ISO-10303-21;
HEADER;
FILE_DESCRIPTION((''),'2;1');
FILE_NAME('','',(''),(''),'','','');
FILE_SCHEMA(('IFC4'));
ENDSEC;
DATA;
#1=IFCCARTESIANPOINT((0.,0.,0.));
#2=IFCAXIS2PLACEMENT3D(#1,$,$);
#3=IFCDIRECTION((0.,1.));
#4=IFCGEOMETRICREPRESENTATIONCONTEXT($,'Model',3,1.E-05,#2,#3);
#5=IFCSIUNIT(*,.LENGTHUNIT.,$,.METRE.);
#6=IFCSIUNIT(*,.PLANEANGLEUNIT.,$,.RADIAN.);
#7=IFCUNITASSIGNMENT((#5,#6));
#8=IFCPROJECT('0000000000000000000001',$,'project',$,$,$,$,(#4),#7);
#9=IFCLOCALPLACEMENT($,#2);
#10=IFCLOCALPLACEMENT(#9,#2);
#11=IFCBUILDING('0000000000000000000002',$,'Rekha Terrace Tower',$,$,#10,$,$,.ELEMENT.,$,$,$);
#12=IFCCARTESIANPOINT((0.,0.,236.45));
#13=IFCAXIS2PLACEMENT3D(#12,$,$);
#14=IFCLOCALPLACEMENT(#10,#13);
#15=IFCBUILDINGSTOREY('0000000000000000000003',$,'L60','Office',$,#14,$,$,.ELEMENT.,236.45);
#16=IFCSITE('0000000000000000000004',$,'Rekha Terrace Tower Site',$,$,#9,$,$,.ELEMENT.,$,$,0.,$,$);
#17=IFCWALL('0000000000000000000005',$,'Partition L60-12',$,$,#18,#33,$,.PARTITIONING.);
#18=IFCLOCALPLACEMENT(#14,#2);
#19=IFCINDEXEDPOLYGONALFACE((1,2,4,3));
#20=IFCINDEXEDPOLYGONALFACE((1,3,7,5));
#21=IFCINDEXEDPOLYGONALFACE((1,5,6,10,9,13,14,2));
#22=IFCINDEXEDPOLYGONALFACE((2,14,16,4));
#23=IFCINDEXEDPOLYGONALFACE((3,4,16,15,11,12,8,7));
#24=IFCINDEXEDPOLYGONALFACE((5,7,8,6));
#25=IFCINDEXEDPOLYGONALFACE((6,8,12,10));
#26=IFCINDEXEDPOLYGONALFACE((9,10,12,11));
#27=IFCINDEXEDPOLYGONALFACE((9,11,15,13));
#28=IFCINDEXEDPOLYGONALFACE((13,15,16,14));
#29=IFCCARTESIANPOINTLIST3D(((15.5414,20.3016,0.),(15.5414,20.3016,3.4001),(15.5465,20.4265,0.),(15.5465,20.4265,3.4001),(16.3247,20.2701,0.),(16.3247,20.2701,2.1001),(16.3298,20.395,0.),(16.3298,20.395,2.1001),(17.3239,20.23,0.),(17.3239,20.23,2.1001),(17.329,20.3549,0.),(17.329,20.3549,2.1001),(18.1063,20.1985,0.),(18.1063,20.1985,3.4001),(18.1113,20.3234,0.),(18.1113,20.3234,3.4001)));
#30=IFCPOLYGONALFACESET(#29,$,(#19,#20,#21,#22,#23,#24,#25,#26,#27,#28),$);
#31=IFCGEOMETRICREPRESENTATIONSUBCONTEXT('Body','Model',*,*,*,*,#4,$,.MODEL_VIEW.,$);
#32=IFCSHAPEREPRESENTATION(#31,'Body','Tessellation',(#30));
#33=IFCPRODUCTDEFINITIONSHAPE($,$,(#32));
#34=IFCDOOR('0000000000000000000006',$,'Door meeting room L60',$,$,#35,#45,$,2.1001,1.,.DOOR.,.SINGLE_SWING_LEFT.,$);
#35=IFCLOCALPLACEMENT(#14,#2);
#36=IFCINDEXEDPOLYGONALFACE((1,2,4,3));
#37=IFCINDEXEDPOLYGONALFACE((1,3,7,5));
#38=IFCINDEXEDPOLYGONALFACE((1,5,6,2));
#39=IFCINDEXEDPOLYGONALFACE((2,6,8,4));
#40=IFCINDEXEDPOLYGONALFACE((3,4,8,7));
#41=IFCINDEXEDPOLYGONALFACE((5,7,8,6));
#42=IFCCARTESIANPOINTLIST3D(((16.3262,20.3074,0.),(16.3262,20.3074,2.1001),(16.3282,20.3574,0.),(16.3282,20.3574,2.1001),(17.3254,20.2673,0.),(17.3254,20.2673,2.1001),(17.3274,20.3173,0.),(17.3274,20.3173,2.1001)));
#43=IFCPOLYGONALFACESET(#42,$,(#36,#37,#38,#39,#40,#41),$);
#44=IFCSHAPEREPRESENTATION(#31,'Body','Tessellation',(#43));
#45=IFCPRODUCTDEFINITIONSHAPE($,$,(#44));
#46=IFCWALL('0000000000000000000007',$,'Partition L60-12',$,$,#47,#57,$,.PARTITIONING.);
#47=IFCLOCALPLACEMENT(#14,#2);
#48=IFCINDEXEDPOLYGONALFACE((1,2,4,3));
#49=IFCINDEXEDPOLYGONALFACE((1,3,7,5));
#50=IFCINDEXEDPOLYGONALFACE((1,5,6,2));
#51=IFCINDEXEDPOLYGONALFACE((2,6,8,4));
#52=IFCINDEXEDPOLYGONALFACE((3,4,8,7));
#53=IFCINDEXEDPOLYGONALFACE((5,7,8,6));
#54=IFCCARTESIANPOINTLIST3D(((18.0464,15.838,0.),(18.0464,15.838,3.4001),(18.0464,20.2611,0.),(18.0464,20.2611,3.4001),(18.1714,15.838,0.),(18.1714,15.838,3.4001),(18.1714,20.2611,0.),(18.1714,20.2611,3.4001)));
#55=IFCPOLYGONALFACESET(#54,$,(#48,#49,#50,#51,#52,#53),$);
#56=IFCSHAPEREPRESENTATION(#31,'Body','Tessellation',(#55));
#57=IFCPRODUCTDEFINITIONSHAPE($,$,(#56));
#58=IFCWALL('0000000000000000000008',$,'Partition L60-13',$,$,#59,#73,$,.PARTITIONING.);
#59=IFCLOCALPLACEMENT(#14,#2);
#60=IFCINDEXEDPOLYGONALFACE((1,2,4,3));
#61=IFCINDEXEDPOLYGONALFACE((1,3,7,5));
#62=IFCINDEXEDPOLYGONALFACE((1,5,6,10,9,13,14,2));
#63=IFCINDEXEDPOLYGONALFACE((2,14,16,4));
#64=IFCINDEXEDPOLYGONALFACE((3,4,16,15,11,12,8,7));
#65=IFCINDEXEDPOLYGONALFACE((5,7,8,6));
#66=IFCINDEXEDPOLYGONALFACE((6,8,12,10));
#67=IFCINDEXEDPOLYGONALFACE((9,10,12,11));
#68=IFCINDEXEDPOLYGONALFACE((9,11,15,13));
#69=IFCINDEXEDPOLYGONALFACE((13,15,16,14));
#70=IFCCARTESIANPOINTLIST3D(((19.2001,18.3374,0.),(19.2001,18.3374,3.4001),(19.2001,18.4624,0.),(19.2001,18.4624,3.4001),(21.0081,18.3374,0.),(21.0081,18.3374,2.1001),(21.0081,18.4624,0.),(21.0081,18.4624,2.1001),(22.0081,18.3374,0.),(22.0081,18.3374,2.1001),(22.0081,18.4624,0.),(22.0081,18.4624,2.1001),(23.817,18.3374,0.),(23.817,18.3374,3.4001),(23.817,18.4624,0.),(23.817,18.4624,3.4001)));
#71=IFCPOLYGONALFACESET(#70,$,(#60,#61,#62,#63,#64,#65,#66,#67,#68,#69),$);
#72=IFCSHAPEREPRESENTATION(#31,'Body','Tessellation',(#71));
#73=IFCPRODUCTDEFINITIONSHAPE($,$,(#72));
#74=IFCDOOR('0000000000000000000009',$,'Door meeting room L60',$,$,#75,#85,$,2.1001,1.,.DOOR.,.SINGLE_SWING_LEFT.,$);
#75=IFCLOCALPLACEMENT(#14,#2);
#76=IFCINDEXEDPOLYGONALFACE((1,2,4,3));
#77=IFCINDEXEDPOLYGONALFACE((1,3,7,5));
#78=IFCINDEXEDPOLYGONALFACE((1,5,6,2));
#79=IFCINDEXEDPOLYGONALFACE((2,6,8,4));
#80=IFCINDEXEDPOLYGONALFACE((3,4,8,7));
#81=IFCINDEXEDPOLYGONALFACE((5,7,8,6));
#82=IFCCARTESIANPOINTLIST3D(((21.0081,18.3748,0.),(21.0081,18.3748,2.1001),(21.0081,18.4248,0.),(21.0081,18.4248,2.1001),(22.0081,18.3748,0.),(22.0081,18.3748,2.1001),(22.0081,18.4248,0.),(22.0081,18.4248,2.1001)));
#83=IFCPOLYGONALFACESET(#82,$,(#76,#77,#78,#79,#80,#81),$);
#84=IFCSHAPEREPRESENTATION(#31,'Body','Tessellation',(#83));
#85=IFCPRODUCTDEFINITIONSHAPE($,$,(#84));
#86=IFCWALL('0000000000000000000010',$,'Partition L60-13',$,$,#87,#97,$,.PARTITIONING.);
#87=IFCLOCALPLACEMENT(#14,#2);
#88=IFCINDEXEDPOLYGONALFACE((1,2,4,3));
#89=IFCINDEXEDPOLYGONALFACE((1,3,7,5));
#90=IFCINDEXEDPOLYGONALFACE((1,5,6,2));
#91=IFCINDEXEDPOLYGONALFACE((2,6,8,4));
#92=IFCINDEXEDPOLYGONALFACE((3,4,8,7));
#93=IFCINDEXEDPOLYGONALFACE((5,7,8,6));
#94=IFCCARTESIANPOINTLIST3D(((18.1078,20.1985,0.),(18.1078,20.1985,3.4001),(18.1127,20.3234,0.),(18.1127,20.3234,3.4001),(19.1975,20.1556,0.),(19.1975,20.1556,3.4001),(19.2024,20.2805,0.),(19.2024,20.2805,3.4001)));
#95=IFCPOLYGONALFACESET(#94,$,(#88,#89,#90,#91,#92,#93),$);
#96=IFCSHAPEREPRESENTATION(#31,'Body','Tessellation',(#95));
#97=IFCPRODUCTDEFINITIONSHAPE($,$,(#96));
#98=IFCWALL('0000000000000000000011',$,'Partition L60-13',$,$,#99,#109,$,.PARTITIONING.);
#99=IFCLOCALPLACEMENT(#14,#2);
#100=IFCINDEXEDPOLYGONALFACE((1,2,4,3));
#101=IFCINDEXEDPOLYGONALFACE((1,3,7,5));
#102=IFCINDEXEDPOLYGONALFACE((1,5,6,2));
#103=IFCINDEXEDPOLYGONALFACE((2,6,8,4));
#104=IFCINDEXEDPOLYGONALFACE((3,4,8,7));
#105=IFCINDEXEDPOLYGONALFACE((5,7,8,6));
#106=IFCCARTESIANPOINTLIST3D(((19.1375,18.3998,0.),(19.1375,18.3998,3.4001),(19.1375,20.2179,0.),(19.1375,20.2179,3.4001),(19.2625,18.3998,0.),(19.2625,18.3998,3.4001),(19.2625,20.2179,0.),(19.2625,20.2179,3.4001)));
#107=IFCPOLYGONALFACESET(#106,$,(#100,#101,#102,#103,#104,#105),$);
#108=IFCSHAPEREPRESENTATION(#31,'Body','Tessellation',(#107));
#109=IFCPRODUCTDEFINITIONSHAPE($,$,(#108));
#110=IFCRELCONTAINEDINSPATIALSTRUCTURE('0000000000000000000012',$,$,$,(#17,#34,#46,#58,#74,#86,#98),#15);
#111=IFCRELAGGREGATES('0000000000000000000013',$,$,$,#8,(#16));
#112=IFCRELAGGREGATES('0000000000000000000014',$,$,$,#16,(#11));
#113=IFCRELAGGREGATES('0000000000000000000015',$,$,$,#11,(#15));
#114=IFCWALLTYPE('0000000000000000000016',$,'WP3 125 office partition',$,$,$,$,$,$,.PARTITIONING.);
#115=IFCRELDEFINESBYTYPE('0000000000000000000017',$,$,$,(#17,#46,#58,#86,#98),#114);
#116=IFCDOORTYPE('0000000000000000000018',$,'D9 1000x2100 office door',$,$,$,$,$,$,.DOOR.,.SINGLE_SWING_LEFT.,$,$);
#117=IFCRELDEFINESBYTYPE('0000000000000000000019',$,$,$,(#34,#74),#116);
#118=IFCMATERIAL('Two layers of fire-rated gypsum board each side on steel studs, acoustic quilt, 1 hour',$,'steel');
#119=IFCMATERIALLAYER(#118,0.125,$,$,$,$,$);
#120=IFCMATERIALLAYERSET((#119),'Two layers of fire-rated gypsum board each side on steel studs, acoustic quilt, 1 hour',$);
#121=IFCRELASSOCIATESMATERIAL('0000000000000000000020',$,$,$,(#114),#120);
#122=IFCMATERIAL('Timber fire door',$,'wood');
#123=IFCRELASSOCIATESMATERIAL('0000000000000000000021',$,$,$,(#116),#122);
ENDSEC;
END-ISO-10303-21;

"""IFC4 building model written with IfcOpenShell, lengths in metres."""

from ifc_helpers import new_model, si_unit, direction, frame, frame_2d, origin, place, context, subcontext, project, spatial, rectangle, extrude, material, layer, layer_set, type_object, element, fill, save


model = new_model("IFC4")

# Units and contexts
model_context = context("Model", 3, precision=1e-05, world=origin(), true_north=direction((0.0, 1.0)))
body_context = subcontext(model_context, "Body", "Model", "MODEL_VIEW")
ifc_project = project(units=[si_unit("LENGTHUNIT", "METRE"), si_unit("PLANEANGLEUNIT", "RADIAN")], contexts=[model_context])

# Site, building, storey
site_placement = place(None, origin())
site = spatial("IfcSite", under=ifc_project, at=site_placement, Name="Rekha Terrace Tower Site", CompositionType="ELEMENT", RefElevation=0.0)
building_placement = place(site_placement, origin())
building = spatial("IfcBuilding", under=site, at=building_placement, Name="Rekha Terrace Tower", CompositionType="ELEMENT")
storey_placement = place(building_placement, frame((0.0, 0.0, 236.45)))
storey = spatial("IfcBuildingStorey", under=building, at=storey_placement, Name="L60", Description="Office", CompositionType="ELEMENT", Elevation=236.45)

# Shared definitions
ifc_material_1 = material(Name="Two layers of fire-rated gypsum board each side on steel studs, acoustic quilt, 1 hour", Category="steel")
ifc_layer_1 = layer(ifc_material_1, 0.125)
ifc_layer_set_1 = layer_set([ifc_layer_1], Name="Two layers of fire-rated gypsum board each side on steel studs, acoustic quilt, 1 hour")
wall_type_1 = type_object("IfcWallType", Name="WP3 125 office partition", PredefinedType="PARTITIONING", material=ifc_layer_set_1)

# Shared definitions
ifc_material_2 = material(Name="Timber fire door", Category="wood")
door_type_1 = type_object("IfcDoorType", Name="D9 1000x2100 office door", OperationType="SINGLE_SWING_LEFT", PredefinedType="DOOR", material=ifc_material_2)

# Wall, opening, door
wall_1_placement = place(storey_placement, frame((15.5439, 20.364, 0.0), z_axis=(0.0, 0.0, 1.0), x_axis=(0.999194, -0.040135, 0.0)))
wall_1 = element("IfcWall", 1, at=wall_1_placement, inside=storey, type_object=wall_type_1, Name="Partition L60-12", PredefinedType="PARTITIONING", context=body_context, shape_type="SweptSolid", body=[
    extrude(rectangle(XDim=2.5669, YDim=0.125, at=frame_2d((1.2834, 0.0))), origin(), (0.0, 0.0, 1.0), 3.4001),
])
opening_1_placement = place(wall_1_placement, frame((0.7839, 0.0, 0.0)))
opening_1 = element("IfcOpeningElement", 2, at=opening_1_placement, cuts=wall_1, PredefinedType="OPENING", context=body_context, shape_type="SweptSolid", body=[
    extrude(rectangle(XDim=1.0, YDim=2.1001, at=frame_2d((0.5, 1.05))), frame((0.0, 0.0725, 0.0), z_axis=(0.0, -1.0, 0.0), x_axis=(1.0, 0.0, 0.0)), (0.0, 0.0, 1.0), 0.145),
])
door_1_placement = place(opening_1_placement, origin())
door_1 = element("IfcDoor", 3, at=door_1_placement, inside=storey, type_object=door_type_1, Name="Door meeting room L60", OperationType="SINGLE_SWING_LEFT", OverallHeight=2.1001, OverallWidth=1.0, PredefinedType="DOOR", context=body_context, shape_type="SweptSolid", body=[
    extrude(rectangle(XDim=1.0, YDim=2.1001, at=frame_2d((0.5, 1.05))), frame((0.0, 0.0249, 0.0), z_axis=(0.0, -1.0, 0.0), x_axis=(1.0, 0.0, 0.0)), (0.0, 0.0, 1.0), 0.05),
])
fill(opening_1, door_1)

# Wall
wall_2_placement = place(storey_placement, frame((18.1089, 20.261, 0.0), z_axis=(0.0, 0.0, 1.0), x_axis=(0.0, -1.0, 0.0)))
element("IfcWall", 4, at=wall_2_placement, inside=storey, type_object=wall_type_1, Name="Partition L60-12", PredefinedType="PARTITIONING", context=body_context, shape_type="SweptSolid", body=[
    extrude(rectangle(XDim=4.4231, YDim=0.125, at=frame_2d((2.2114, 0.0))), origin(), (0.0, 0.0, 1.0), 3.4001),
])

# Wall, opening, door
wall_3_placement = place(storey_placement, frame((19.2, 18.3999, 0.0), z_axis=(0.0, 0.0, 1.0), x_axis=(1.0, 0.0, 0.0)))
wall_3 = element("IfcWall", 5, at=wall_3_placement, inside=storey, type_object=wall_type_1, Name="Partition L60-13", PredefinedType="PARTITIONING", context=body_context, shape_type="SweptSolid", body=[
    extrude(rectangle(XDim=4.6169, YDim=0.125, at=frame_2d((2.3086, 0.0))), origin(), (0.0, 0.0, 1.0), 3.4001),
])
opening_2_placement = place(wall_3_placement, frame((1.8081, 0.0, 0.0)))
opening_2 = element("IfcOpeningElement", 6, at=opening_2_placement, cuts=wall_3, PredefinedType="OPENING", context=body_context, shape_type="SweptSolid", body=[
    extrude(rectangle(XDim=1.0, YDim=2.1001, at=frame_2d((0.5, 1.05))), frame((0.0, 0.0725, 0.0), z_axis=(0.0, -1.0, 0.0), x_axis=(1.0, 0.0, 0.0)), (0.0, 0.0, 1.0), 0.145),
])
door_2_placement = place(opening_2_placement, origin())
door_2 = element("IfcDoor", 7, at=door_2_placement, inside=storey, type_object=door_type_1, Name="Door meeting room L60", OperationType="SINGLE_SWING_LEFT", OverallHeight=2.1001, OverallWidth=1.0, PredefinedType="DOOR", context=body_context, shape_type="SweptSolid", body=[
    extrude(rectangle(XDim=1.0, YDim=2.1001, at=frame_2d((0.5, 1.05))), frame((0.0, 0.0249, 0.0), z_axis=(0.0, -1.0, 0.0), x_axis=(1.0, 0.0, 0.0)), (0.0, 0.0, 1.0), 0.05),
])
fill(opening_2, door_2)

# Walls
wall_4_placement = place(storey_placement, frame((18.1101, 20.261, 0.0), z_axis=(0.0, 0.0, 1.0), x_axis=(0.999224, -0.039396, 0.0)))
element("IfcWall", 8, at=wall_4_placement, inside=storey, type_object=wall_type_1, Name="Partition L60-13", PredefinedType="PARTITIONING", context=body_context, shape_type="SweptSolid", body=[
    extrude(rectangle(XDim=1.0906, YDim=0.125, at=frame_2d((0.5454, 0.0))), origin(), (0.0, 0.0, 1.0), 3.4001),
])
wall_5_placement = place(storey_placement, frame((19.2, 20.218, 0.0), z_axis=(0.0, 0.0, 1.0), x_axis=(0.0, -1.0, 0.0)))
element("IfcWall", 9, at=wall_5_placement, inside=storey, type_object=wall_type_1, Name="Partition L60-13", PredefinedType="PARTITIONING", context=body_context, shape_type="SweptSolid", body=[
    extrude(rectangle(XDim=1.8181, YDim=0.125, at=frame_2d((0.9092, 0.0))), origin(), (0.0, 0.0, 1.0), 3.4001),
])

save(model, "model.ifc")
